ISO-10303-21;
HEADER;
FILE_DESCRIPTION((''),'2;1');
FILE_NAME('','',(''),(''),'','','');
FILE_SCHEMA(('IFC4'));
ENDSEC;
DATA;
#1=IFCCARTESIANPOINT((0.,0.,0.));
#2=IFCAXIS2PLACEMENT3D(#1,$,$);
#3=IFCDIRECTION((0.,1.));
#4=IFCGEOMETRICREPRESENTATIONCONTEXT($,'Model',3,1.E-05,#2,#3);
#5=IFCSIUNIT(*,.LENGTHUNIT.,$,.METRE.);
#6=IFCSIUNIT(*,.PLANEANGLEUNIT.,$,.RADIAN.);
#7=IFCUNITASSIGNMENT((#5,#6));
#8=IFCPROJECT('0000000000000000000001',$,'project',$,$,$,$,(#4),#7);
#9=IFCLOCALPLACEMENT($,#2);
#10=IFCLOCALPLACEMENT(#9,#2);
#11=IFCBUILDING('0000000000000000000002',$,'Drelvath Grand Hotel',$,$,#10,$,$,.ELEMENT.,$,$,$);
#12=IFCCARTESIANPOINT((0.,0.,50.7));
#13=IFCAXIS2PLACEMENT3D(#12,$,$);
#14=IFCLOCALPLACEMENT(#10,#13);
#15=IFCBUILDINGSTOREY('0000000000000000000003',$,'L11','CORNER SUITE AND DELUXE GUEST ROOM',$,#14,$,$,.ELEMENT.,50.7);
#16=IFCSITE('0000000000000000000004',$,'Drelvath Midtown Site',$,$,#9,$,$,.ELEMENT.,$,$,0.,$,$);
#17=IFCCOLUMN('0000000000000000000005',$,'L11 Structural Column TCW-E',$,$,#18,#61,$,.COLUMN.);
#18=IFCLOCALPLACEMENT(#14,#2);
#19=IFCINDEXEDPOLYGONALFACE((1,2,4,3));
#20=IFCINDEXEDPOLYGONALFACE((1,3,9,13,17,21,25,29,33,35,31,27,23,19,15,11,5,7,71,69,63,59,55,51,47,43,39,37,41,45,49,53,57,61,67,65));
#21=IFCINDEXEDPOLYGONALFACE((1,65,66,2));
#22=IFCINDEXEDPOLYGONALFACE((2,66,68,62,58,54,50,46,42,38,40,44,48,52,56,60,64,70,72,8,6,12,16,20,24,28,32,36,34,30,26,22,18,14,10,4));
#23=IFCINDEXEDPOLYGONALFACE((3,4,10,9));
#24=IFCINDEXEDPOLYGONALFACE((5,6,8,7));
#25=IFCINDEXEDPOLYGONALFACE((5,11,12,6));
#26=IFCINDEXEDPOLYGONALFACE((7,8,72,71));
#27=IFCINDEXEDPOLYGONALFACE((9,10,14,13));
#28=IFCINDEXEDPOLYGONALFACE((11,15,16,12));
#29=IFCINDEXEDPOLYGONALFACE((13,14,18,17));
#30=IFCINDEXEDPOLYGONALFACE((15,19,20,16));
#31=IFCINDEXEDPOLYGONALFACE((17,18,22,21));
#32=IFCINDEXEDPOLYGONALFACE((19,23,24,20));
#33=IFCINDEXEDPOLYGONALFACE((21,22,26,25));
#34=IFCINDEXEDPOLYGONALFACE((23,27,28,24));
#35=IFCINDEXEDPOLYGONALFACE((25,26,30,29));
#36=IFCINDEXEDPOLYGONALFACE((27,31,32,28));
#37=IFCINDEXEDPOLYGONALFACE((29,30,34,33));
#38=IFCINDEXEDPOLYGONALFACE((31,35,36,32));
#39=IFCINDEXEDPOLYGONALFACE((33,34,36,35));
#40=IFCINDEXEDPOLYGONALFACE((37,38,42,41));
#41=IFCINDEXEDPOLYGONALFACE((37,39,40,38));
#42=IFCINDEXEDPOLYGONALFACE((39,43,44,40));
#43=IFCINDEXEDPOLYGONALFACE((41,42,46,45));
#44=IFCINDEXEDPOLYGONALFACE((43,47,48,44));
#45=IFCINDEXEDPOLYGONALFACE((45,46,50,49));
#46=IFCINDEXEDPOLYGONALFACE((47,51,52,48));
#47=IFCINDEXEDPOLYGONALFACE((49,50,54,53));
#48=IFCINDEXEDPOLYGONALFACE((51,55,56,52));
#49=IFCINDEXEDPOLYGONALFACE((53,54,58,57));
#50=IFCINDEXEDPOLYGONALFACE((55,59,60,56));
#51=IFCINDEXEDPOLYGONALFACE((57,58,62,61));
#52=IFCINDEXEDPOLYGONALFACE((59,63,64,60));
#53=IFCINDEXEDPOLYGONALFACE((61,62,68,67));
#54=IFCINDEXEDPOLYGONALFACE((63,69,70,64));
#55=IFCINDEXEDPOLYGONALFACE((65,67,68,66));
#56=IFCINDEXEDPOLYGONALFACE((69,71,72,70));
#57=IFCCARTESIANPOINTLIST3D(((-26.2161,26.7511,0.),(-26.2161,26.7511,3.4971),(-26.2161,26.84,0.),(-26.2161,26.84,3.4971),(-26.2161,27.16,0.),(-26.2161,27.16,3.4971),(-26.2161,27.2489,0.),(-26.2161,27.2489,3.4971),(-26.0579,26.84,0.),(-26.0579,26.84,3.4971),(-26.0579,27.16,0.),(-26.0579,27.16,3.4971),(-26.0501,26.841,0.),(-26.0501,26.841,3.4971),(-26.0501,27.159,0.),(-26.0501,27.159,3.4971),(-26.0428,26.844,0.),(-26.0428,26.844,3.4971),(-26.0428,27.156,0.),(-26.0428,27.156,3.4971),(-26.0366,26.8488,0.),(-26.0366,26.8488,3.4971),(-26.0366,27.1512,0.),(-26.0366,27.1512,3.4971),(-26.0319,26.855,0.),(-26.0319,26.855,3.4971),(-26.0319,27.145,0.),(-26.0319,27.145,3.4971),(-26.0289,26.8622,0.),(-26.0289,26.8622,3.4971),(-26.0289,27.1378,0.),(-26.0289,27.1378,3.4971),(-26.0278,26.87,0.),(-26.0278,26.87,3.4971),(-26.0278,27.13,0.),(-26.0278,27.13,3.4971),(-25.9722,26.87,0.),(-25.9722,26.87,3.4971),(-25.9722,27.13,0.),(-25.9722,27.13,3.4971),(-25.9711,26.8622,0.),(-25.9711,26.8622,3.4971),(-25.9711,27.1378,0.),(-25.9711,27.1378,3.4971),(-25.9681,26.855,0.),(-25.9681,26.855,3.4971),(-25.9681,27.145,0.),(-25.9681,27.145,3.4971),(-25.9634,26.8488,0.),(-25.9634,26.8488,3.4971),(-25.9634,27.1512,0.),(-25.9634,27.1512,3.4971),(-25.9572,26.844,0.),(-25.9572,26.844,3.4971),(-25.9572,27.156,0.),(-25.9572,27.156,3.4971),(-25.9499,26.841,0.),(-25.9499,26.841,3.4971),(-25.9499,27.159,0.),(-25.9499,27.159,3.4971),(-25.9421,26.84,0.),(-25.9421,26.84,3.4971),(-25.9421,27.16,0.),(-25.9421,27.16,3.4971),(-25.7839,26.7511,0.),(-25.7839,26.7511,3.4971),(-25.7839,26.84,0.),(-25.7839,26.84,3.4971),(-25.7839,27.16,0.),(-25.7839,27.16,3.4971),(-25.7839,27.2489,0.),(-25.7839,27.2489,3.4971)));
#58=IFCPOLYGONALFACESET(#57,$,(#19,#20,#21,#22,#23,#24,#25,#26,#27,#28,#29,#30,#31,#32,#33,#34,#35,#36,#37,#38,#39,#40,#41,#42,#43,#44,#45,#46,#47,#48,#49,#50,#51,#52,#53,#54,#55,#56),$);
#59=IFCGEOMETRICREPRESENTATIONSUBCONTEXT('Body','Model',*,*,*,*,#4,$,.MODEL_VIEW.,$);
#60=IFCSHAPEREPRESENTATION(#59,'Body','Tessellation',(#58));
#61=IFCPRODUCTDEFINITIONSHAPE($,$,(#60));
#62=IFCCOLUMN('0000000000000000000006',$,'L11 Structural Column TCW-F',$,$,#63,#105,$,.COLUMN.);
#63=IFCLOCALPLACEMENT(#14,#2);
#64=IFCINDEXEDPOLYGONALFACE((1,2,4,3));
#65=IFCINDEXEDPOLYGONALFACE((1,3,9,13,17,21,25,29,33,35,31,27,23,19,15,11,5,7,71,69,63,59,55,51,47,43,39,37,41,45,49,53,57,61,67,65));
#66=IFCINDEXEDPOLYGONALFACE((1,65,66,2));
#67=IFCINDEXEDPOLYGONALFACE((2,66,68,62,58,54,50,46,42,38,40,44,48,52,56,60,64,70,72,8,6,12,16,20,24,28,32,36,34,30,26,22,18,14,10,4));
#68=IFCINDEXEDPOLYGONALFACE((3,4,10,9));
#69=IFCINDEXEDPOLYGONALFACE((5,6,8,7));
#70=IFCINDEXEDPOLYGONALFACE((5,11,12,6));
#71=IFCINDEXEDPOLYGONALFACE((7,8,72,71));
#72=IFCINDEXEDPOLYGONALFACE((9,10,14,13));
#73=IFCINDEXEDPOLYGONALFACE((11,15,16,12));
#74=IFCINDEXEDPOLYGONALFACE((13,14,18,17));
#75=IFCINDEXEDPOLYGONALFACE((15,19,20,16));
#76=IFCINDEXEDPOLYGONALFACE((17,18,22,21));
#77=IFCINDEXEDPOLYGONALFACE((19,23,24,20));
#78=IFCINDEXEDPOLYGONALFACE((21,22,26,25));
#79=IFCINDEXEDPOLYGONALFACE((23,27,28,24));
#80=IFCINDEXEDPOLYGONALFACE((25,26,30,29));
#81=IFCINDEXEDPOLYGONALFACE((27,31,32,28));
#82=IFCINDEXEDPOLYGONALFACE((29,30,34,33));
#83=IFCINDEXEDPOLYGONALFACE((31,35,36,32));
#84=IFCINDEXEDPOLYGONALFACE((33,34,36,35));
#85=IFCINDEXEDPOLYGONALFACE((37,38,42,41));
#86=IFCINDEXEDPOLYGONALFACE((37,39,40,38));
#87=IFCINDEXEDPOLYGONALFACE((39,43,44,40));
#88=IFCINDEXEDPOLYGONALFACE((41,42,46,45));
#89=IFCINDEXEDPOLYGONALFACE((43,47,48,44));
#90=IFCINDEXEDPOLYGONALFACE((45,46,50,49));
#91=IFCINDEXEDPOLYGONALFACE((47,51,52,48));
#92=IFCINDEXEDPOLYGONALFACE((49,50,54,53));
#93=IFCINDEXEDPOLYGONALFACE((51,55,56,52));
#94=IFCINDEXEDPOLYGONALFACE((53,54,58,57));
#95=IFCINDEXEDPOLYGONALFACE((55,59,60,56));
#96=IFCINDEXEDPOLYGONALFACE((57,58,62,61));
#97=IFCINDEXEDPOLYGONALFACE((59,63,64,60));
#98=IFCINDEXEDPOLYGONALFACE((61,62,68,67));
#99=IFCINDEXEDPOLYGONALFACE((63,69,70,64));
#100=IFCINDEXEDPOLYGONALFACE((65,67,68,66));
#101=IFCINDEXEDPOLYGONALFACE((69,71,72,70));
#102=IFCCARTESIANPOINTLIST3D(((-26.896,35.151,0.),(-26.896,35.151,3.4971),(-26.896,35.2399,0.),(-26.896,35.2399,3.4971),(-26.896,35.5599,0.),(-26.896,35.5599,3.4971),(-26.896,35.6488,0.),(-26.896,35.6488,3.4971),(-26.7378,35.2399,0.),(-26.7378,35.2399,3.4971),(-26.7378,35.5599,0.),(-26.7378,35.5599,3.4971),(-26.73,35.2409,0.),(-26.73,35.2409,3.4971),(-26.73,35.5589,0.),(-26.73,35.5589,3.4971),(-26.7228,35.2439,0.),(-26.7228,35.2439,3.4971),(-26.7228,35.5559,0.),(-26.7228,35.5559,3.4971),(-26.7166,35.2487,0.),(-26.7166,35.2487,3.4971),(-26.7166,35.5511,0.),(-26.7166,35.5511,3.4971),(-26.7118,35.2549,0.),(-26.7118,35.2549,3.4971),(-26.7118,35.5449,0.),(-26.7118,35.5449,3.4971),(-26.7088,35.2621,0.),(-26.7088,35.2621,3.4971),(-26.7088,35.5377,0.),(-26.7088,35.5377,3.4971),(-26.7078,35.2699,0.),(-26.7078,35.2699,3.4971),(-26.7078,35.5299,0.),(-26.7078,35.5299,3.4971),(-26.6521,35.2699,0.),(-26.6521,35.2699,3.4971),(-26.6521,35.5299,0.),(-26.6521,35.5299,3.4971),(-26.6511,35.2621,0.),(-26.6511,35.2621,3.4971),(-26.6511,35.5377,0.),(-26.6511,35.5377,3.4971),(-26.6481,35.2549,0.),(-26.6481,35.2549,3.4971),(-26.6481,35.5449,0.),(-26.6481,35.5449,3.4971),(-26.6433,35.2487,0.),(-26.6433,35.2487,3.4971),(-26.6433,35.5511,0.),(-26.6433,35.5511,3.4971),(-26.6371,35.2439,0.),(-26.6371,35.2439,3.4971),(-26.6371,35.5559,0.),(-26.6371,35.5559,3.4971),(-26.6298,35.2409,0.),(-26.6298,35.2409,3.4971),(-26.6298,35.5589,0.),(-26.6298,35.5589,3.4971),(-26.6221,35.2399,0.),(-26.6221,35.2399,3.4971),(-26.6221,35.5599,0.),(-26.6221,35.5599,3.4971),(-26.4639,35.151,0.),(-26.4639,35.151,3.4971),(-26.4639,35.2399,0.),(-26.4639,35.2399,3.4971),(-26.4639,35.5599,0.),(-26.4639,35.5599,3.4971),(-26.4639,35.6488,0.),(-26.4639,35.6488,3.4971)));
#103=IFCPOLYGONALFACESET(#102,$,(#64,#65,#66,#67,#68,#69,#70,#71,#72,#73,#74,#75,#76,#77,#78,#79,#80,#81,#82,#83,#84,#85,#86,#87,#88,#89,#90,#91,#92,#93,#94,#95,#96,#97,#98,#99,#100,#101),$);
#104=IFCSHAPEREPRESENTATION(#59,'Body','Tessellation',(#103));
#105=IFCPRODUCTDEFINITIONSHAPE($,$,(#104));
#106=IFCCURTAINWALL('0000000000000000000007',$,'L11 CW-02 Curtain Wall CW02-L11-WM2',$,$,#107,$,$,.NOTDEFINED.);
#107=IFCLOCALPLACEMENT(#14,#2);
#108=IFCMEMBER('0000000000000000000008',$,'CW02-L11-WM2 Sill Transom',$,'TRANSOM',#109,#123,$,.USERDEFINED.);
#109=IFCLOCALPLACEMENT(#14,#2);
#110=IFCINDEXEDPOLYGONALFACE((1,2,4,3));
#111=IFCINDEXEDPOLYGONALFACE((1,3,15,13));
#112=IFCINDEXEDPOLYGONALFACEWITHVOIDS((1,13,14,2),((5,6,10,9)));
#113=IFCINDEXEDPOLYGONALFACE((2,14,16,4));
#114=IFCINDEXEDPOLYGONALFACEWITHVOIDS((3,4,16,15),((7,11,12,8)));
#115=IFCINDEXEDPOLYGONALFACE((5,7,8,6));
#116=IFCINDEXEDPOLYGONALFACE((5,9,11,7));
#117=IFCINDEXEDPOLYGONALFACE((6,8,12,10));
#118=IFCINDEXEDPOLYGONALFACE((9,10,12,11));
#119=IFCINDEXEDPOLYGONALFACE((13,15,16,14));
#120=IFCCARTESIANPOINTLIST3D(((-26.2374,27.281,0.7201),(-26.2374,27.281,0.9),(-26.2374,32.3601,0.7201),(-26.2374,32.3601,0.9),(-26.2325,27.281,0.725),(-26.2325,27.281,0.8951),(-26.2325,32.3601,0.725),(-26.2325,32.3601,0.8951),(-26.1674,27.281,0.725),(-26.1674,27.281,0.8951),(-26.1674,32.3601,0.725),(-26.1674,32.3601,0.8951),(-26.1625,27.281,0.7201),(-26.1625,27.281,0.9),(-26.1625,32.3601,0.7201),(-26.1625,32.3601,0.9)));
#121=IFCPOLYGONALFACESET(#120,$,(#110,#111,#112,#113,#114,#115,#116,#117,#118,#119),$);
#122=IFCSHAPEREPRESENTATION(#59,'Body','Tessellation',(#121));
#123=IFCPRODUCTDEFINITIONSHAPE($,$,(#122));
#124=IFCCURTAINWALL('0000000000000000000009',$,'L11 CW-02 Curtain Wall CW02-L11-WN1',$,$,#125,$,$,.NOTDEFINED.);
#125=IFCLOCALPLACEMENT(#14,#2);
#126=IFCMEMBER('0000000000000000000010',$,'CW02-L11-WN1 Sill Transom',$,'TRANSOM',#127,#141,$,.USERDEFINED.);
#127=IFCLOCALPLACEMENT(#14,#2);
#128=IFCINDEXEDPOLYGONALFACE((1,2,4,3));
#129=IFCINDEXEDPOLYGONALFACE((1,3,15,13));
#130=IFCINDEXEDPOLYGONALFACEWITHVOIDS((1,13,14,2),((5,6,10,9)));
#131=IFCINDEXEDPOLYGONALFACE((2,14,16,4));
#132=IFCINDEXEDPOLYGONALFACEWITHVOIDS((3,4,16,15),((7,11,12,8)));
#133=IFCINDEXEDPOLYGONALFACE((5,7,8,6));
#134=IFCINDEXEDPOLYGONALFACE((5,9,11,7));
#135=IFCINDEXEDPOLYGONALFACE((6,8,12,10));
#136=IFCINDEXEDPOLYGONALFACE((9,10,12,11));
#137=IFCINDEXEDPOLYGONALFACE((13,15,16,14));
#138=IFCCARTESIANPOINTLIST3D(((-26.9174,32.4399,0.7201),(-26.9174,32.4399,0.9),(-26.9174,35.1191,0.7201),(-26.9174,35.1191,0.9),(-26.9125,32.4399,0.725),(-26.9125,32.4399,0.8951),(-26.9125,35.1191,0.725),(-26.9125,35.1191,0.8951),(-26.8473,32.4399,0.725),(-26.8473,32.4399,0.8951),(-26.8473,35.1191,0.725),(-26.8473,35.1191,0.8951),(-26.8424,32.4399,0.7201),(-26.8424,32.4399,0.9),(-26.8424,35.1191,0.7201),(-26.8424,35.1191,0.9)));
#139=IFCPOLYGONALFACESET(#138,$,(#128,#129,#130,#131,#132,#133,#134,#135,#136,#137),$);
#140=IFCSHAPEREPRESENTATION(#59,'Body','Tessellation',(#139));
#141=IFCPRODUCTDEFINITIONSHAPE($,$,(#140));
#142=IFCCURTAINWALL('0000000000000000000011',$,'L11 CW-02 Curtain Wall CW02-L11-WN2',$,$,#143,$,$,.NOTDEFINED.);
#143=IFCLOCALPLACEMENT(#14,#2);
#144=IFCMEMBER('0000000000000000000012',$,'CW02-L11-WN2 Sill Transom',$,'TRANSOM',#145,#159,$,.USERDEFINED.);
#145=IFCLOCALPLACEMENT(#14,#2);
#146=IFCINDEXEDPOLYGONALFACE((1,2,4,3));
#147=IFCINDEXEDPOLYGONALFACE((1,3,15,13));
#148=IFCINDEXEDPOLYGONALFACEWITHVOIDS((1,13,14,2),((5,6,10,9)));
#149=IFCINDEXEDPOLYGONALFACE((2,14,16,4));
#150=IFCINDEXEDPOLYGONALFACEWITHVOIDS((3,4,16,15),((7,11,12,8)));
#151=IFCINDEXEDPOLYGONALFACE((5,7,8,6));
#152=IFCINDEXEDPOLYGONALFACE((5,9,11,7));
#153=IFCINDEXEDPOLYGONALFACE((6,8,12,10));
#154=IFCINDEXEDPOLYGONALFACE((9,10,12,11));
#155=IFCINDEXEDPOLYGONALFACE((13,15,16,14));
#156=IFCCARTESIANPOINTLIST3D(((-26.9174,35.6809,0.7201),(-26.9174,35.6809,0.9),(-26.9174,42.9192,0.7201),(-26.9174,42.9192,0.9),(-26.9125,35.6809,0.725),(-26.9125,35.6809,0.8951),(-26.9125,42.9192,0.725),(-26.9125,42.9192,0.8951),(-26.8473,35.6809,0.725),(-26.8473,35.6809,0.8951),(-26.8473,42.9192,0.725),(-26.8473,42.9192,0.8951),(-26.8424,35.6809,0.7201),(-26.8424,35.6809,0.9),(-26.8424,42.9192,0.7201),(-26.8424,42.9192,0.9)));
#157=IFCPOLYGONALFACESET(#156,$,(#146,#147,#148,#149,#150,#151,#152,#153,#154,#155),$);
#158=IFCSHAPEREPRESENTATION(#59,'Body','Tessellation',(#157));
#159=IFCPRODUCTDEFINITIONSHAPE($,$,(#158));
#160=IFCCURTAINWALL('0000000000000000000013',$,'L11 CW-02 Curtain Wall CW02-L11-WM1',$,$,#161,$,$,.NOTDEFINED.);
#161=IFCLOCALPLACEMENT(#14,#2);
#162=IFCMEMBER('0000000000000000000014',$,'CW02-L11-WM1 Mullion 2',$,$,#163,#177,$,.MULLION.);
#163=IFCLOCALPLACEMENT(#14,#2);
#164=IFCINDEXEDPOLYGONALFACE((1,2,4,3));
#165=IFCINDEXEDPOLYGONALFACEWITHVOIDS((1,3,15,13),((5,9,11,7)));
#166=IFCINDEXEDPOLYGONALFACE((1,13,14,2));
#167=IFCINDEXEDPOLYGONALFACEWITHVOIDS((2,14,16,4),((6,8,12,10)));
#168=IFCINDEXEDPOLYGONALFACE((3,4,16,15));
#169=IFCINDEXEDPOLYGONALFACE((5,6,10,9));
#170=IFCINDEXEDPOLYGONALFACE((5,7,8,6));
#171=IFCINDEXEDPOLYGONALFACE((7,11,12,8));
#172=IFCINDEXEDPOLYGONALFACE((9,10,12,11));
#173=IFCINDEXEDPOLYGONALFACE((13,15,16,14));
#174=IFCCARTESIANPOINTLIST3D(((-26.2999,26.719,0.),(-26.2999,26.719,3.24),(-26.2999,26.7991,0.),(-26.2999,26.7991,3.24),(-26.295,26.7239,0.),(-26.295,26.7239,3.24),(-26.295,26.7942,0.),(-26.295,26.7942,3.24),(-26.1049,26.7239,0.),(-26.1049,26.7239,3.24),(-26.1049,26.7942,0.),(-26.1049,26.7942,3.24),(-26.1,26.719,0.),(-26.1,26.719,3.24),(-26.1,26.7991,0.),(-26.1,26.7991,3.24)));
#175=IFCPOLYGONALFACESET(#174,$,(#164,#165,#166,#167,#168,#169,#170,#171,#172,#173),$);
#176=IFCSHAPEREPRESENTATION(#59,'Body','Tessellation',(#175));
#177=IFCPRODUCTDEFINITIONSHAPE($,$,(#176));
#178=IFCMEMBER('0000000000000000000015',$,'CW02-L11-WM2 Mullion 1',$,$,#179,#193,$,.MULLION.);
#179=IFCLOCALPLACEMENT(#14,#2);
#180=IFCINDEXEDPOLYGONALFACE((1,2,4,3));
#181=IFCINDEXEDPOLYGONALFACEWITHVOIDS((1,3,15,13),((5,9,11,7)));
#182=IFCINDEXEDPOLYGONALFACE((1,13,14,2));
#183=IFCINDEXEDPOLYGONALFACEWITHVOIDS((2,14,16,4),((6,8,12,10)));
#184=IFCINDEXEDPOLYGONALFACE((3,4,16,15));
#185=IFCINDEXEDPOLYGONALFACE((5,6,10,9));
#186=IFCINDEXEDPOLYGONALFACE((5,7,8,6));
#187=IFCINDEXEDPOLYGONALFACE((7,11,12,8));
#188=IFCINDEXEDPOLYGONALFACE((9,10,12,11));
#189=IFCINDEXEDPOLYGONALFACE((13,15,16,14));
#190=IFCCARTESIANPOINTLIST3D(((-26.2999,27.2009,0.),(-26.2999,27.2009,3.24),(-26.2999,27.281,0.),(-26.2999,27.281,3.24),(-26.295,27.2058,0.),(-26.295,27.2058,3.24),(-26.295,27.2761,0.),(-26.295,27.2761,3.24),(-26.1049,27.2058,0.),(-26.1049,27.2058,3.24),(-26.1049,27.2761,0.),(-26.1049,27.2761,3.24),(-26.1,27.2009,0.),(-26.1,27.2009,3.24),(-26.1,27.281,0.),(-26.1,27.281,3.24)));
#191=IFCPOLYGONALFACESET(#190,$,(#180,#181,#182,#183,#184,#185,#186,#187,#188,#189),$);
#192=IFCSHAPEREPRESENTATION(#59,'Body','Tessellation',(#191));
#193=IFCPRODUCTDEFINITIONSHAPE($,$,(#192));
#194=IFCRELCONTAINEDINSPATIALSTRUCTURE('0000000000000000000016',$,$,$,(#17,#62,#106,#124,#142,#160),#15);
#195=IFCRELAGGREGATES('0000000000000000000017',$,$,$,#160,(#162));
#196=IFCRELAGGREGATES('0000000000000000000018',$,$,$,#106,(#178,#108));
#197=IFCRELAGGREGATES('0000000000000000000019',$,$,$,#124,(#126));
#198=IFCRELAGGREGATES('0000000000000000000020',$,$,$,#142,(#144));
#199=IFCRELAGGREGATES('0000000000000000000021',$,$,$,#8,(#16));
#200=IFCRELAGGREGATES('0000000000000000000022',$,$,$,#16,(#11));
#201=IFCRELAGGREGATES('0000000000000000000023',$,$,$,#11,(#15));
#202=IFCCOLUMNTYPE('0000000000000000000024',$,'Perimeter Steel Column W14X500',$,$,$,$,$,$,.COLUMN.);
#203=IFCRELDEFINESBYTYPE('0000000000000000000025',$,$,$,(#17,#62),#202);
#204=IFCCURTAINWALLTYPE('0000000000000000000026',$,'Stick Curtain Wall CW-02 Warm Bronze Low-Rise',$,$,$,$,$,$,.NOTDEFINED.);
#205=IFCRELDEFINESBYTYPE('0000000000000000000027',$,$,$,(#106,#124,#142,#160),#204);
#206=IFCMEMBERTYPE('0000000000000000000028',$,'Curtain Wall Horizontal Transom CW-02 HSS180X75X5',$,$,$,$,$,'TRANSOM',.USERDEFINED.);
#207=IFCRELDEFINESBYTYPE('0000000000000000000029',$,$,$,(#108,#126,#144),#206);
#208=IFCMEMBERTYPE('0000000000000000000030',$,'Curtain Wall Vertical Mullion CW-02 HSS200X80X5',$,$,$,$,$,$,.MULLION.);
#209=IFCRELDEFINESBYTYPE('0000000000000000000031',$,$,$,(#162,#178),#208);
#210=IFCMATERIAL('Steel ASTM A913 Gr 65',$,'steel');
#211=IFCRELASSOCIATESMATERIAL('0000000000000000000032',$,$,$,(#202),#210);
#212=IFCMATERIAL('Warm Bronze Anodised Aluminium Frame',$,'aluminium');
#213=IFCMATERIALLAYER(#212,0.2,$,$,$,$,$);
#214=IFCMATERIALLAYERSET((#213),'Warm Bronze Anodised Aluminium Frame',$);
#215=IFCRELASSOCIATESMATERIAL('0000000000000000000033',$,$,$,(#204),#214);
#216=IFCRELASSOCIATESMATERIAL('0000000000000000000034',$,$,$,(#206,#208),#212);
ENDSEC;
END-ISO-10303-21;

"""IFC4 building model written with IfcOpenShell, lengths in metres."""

from ifc_helpers import new_model, si_unit, direction, frame, origin, origin_2d, place, context, subcontext, project, spatial, hollow_rectangle, i_section, extrude, material, layer, layer_set, material_profile, profile_set, type_object, element, aggregate, save


model = new_model("IFC4")

# Units and contexts
model_context = context("Model", 3, precision=1e-05, world=origin(), true_north=direction((0.0, 1.0)))
body_context = subcontext(model_context, "Body", "Model", "MODEL_VIEW")
ifc_project = project(units=[si_unit("LENGTHUNIT", "METRE"), si_unit("PLANEANGLEUNIT", "RADIAN")], contexts=[model_context])

# Site, building, storey
site_placement = place(None, origin())
site = spatial("IfcSite", under=ifc_project, at=site_placement, Name="Drelvath Midtown Site", CompositionType="ELEMENT", RefElevation=0.0)
building_placement = place(site_placement, origin())
building = spatial("IfcBuilding", under=site, at=building_placement, Name="Drelvath Grand Hotel", CompositionType="ELEMENT")
storey_placement = place(building_placement, frame((0.0, 0.0, 50.7)))
storey = spatial("IfcBuildingStorey", under=building, at=storey_placement, Name="L11", Description="CORNER SUITE AND DELUXE GUEST ROOM", CompositionType="ELEMENT", Elevation=50.7)

# Columns
ifc_material_1 = material(Name="Steel ASTM A913 Gr 65", Category="steel")
ifc_material_profile_1 = material_profile(ifc_material_1, i_section(OverallWidth=0.4321, OverallDepth=0.4978, WebThickness=0.0557, FlangeThickness=0.0889, FilletRadius=0.03, at=origin_2d()), Name="W14X500")
ifc_profile_set_1 = profile_set([ifc_material_profile_1], Name="Steel ASTM A913 Gr 65")
column_type = type_object("IfcColumnType", Name="Perimeter Steel Column W14X500", PredefinedType="COLUMN", material=ifc_profile_set_1)
for number, where, z_axis, x_axis, name in (
    (1, (-26.0, 27.0, 0.0), (0.0, 0.0, 1.0), (1.0, 0.0, 0.0), "L11 Structural Column TCW-E"),
    (2, (-26.6799, 35.3999, 0.0), (0.0, 0.0, 1.0), (1.0, 0.0, 0.0), "L11 Structural Column TCW-F"),
):
    element("IfcColumn", number, at=place(storey_placement, frame(where, z_axis=z_axis, x_axis=x_axis)), inside=storey, type_object=column_type, Name=name, PredefinedType="COLUMN", context=body_context, shape_type="SweptSolid", body=[
        extrude(i_section(OverallWidth=0.4321, OverallDepth=0.4978, WebThickness=0.0557, FlangeThickness=0.0889, FilletRadius=0.03, at=origin_2d()), origin(), (0.0, 0.0, 1.0), 3.4971),
    ])

# Curtain walls, members
ifc_material_2 = material(Name="Warm Bronze Anodised Aluminium Frame", Category="aluminium")
ifc_layer_1 = layer(ifc_material_2, 0.2)
ifc_layer_set_1 = layer_set([ifc_layer_1], Name="Warm Bronze Anodised Aluminium Frame")
curtain_wall_type = type_object("IfcCurtainWallType", Name="Stick Curtain Wall CW-02 Warm Bronze Low-Rise", PredefinedType="NOTDEFINED", material=ifc_layer_set_1)
curtain_wall_1_placement = place(storey_placement, origin())
curtain_wall_1 = element("IfcCurtainWall", 3, at=curtain_wall_1_placement, inside=storey, type_object=curtain_wall_type, Name="L11 CW-02 Curtain Wall CW02-L11-WM2", PredefinedType="NOTDEFINED")
ifc_material_profile_2 = material_profile(ifc_material_2, hollow_rectangle(XDim=0.075, YDim=0.1799, WallThickness=0.0049, at=origin_2d()), Name="HSS180X75X5")
ifc_profile_set_2 = profile_set([ifc_material_profile_2], Name="Warm Bronze Anodised Aluminium Frame")
member_type_1 = type_object("IfcMemberType", Name="Curtain Wall Horizontal Transom CW-02 HSS180X75X5", ElementType="TRANSOM", PredefinedType="USERDEFINED", material=ifc_profile_set_2)
member_1_placement = place(storey_placement, frame((-26.2, 27.281, 0.8101), z_axis=(0.0, 1.0, 0.0), x_axis=(-1.0, 0.0, 0.0)))
member_1 = element("IfcMember", 4, at=member_1_placement, type_object=member_type_1, Name="CW02-L11-WM2 Sill Transom", ObjectType="TRANSOM", PredefinedType="USERDEFINED", context=body_context, shape_type="SweptSolid", body=[
    extrude(hollow_rectangle(XDim=0.075, YDim=0.1799, WallThickness=0.0049, at=origin_2d()), origin(), (0.0, 0.0, 1.0), 5.0791),
])
curtain_wall_2_placement = place(storey_placement, origin())
curtain_wall_2 = element("IfcCurtainWall", 5, at=curtain_wall_2_placement, inside=storey, type_object=curtain_wall_type, Name="L11 CW-02 Curtain Wall CW02-L11-WN1", PredefinedType="NOTDEFINED")
member_2_placement = place(storey_placement, frame((-26.8799, 32.4399, 0.8101), z_axis=(0.0, 1.0, 0.0), x_axis=(-1.0, 0.0, 0.0)))
member_2 = element("IfcMember", 6, at=member_2_placement, type_object=member_type_1, Name="CW02-L11-WN1 Sill Transom", ObjectType="TRANSOM", PredefinedType="USERDEFINED", context=body_context, shape_type="SweptSolid", body=[
    extrude(hollow_rectangle(XDim=0.075, YDim=0.1799, WallThickness=0.0049, at=origin_2d()), origin(), (0.0, 0.0, 1.0), 2.6792),
])
curtain_wall_3_placement = place(storey_placement, origin())
curtain_wall_3 = element("IfcCurtainWall", 7, at=curtain_wall_3_placement, inside=storey, type_object=curtain_wall_type, Name="L11 CW-02 Curtain Wall CW02-L11-WN2", PredefinedType="NOTDEFINED")
member_3_placement = place(storey_placement, frame((-26.8799, 35.6809, 0.8101), z_axis=(0.0, 1.0, 0.0), x_axis=(-1.0, 0.0, 0.0)))
member_3 = element("IfcMember", 8, at=member_3_placement, type_object=member_type_1, Name="CW02-L11-WN2 Sill Transom", ObjectType="TRANSOM", PredefinedType="USERDEFINED", context=body_context, shape_type="SweptSolid", body=[
    extrude(hollow_rectangle(XDim=0.075, YDim=0.1799, WallThickness=0.0049, at=origin_2d()), origin(), (0.0, 0.0, 1.0), 7.2383),
])
curtain_wall_4_placement = place(storey_placement, origin())
curtain_wall_4 = element("IfcCurtainWall", 9, at=curtain_wall_4_placement, inside=storey, type_object=curtain_wall_type, Name="L11 CW-02 Curtain Wall CW02-L11-WM1", PredefinedType="NOTDEFINED")
ifc_material_profile_3 = material_profile(ifc_material_2, hollow_rectangle(XDim=0.0801, YDim=0.2, WallThickness=0.0049, at=origin_2d()), Name="HSS200X80X5")
ifc_profile_set_3 = profile_set([ifc_material_profile_3], Name="Warm Bronze Anodised Aluminium Frame")
member_type_2 = type_object("IfcMemberType", Name="Curtain Wall Vertical Mullion CW-02 HSS200X80X5", PredefinedType="MULLION", material=ifc_profile_set_3)
member_4_placement = place(storey_placement, frame((-26.2, 26.759, 0.0), z_axis=(0.0, 0.0, 1.0), x_axis=(0.0, 1.0, 0.0)))
member_4 = element("IfcMember", 10, at=member_4_placement, type_object=member_type_2, Name="CW02-L11-WM1 Mullion 2", PredefinedType="MULLION", context=body_context, shape_type="SweptSolid", body=[
    extrude(hollow_rectangle(XDim=0.0801, YDim=0.2, WallThickness=0.0049, at=origin_2d()), origin(), (0.0, 0.0, 1.0), 3.24),
])
aggregate(curtain_wall_4, [member_4])

# Member
member_5_placement = place(storey_placement, frame((-26.2, 27.241, 0.0), z_axis=(0.0, 0.0, 1.0), x_axis=(0.0, 1.0, 0.0)))
member_5 = element("IfcMember", 11, at=member_5_placement, type_object=member_type_2, Name="CW02-L11-WM2 Mullion 1", PredefinedType="MULLION", context=body_context, shape_type="SweptSolid", body=[
    extrude(hollow_rectangle(XDim=0.0801, YDim=0.2, WallThickness=0.0049, at=origin_2d()), origin(), (0.0, 0.0, 1.0), 3.24),
])

aggregate(curtain_wall_1, [member_5, member_1])
aggregate(curtain_wall_2, [member_2])
aggregate(curtain_wall_3, [member_3])

save(model, "model.ifc")
